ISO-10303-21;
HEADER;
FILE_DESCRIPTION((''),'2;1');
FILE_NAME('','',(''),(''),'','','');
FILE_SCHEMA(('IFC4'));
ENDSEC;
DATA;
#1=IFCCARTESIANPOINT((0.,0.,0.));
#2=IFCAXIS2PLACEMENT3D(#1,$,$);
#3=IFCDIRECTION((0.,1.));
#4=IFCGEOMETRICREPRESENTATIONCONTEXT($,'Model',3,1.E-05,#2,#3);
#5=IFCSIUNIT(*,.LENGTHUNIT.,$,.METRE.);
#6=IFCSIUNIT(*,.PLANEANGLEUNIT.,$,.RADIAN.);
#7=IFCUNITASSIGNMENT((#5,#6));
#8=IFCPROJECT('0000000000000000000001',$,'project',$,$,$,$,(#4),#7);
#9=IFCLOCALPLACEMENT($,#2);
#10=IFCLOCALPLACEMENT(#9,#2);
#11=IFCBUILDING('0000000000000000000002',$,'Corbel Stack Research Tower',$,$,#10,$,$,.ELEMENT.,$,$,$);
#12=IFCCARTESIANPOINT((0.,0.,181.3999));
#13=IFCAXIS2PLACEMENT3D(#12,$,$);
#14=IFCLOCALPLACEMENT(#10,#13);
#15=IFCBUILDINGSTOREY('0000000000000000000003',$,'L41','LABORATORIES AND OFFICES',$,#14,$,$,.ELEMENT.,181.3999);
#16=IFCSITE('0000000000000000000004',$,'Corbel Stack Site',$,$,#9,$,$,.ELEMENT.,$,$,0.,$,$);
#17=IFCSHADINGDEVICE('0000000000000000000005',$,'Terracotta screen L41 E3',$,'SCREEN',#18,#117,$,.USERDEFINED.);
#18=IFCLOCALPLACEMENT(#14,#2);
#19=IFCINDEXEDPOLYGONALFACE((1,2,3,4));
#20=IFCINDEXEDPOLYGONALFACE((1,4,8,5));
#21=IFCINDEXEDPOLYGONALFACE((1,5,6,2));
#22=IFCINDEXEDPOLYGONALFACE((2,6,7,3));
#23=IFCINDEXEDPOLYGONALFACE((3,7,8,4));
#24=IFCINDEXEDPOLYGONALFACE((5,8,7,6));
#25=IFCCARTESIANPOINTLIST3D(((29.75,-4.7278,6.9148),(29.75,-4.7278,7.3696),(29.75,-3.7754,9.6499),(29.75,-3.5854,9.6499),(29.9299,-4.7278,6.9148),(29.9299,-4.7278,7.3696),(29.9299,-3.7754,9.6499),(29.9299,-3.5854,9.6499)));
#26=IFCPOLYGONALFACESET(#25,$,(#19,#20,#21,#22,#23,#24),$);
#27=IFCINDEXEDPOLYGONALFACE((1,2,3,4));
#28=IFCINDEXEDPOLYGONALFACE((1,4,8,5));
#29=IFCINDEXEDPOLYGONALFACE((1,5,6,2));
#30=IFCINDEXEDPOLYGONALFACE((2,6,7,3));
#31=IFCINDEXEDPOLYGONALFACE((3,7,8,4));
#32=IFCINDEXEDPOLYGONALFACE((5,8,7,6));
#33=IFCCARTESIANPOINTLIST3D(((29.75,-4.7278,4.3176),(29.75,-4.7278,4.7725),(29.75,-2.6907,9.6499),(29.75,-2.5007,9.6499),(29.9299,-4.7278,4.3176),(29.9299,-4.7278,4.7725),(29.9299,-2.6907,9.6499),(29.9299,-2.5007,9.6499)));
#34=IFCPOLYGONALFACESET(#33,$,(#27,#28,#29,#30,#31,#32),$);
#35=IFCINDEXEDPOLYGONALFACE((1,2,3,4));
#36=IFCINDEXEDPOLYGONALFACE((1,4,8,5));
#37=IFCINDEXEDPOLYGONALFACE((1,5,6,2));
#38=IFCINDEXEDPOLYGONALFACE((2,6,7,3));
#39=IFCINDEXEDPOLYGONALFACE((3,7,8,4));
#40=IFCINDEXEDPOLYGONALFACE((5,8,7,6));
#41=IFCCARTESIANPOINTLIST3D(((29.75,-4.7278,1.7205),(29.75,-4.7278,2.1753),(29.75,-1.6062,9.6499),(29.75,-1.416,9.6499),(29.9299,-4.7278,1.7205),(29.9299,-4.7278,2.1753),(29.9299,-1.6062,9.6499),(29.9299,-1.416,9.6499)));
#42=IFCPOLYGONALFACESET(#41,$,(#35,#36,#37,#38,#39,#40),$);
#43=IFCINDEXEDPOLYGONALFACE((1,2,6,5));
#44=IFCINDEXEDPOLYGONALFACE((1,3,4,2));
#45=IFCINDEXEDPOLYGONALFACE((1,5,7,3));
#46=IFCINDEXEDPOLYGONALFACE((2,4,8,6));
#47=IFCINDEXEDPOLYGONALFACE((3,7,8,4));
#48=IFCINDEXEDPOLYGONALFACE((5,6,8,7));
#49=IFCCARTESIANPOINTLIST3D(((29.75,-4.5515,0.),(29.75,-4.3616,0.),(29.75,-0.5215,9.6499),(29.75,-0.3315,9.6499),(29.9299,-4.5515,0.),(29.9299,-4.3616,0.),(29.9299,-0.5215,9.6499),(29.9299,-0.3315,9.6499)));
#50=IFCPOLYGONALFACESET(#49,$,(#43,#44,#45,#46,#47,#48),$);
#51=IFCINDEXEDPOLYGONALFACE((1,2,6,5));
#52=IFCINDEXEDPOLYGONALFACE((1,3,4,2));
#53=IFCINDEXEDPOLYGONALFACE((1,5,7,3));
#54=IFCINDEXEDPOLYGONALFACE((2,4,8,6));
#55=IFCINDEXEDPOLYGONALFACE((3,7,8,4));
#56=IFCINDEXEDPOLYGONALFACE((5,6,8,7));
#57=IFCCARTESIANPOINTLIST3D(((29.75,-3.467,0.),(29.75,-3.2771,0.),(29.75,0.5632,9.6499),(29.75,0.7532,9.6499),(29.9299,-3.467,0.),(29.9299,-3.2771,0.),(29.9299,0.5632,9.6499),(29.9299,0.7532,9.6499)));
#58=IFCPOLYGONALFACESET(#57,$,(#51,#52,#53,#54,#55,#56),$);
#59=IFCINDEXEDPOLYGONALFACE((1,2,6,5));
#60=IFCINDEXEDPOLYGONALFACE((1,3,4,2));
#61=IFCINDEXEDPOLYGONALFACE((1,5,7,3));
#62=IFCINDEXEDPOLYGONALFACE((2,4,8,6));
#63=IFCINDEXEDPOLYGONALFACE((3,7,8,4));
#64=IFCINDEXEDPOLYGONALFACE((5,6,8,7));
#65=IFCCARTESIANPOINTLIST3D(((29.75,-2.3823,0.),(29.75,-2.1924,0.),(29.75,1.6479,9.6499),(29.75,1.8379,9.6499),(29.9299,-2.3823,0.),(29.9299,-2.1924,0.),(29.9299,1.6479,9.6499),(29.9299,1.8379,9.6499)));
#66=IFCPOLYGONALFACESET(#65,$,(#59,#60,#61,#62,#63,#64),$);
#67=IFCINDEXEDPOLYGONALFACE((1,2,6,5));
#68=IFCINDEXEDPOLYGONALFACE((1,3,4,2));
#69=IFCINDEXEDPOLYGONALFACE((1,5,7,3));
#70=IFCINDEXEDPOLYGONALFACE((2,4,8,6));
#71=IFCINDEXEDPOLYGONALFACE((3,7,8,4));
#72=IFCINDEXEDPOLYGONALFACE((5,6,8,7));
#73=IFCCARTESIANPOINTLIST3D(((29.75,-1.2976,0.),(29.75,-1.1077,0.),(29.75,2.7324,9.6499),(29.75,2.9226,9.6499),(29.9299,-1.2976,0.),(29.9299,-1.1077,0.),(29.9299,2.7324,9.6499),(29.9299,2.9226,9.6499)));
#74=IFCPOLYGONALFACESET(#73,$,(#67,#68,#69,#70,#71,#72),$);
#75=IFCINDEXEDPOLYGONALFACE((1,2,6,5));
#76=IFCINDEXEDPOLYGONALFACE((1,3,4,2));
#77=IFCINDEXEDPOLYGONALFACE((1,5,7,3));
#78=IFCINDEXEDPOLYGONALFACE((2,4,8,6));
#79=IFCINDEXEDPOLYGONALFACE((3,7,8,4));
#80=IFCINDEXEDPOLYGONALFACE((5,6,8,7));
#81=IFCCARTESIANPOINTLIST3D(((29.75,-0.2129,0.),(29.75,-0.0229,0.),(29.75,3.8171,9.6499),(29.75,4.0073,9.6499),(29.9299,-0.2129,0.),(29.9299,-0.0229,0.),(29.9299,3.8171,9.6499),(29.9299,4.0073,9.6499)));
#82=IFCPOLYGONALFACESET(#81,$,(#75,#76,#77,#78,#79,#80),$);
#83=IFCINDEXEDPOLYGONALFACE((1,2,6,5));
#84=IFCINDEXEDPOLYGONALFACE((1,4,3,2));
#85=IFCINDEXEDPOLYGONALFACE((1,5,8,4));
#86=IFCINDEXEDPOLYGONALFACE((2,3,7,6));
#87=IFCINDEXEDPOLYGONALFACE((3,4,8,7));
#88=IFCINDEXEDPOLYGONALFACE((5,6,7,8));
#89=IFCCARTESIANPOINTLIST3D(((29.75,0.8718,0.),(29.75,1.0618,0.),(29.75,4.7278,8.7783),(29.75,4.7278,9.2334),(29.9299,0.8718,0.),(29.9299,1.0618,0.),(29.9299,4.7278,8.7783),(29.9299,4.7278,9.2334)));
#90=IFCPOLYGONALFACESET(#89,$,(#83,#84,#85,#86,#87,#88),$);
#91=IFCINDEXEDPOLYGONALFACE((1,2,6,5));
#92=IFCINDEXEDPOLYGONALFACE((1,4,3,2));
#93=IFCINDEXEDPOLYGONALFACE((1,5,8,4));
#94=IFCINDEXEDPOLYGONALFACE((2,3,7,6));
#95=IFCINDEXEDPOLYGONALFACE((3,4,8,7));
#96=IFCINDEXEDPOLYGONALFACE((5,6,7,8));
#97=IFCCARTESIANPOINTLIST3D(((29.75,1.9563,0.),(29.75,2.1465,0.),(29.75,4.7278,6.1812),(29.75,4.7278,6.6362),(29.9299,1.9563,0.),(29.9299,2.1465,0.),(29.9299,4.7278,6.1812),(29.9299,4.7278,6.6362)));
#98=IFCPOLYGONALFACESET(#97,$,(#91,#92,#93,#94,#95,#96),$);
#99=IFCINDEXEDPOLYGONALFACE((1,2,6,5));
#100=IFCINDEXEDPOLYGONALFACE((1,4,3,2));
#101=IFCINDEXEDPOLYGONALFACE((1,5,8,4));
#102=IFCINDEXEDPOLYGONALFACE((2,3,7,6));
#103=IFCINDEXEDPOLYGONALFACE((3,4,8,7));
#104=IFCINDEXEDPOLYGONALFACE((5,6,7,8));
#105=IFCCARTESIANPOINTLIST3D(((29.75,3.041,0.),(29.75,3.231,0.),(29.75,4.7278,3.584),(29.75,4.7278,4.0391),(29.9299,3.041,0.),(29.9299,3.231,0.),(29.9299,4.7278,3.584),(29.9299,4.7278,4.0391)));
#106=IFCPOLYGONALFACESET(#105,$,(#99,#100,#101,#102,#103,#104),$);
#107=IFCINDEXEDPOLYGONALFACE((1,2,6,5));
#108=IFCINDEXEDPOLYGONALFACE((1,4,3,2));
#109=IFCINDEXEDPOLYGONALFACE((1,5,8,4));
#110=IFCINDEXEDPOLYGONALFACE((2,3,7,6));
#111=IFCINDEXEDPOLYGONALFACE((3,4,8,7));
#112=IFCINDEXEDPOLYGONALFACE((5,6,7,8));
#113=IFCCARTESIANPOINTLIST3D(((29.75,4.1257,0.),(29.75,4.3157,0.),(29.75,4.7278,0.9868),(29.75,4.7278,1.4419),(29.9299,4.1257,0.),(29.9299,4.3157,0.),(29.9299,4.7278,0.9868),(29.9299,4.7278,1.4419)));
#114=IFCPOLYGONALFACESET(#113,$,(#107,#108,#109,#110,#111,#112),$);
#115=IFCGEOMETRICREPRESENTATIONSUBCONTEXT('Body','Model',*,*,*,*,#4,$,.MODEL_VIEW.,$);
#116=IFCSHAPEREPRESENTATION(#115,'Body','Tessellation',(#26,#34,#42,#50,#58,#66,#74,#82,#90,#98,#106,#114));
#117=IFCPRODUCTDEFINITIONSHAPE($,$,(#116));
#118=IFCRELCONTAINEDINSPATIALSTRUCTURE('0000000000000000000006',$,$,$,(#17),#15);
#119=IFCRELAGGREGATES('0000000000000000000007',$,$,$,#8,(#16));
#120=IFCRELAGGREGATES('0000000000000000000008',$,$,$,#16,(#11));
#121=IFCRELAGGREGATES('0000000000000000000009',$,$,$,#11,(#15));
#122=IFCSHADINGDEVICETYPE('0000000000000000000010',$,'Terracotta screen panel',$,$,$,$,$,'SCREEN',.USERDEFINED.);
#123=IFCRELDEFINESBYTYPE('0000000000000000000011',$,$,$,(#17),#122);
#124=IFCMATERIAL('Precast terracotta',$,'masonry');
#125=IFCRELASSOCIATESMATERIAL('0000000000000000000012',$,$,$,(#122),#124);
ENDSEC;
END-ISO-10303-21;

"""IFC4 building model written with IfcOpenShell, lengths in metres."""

from ifc_helpers import new_model, si_unit, direction, frame, origin, place, context, subcontext, project, spatial, polyline, outline, extrude, source, transform, mapped, material, type_object, element, save


model = new_model("IFC4")

# Units and contexts
model_context = context("Model", 3, precision=1e-05, world=origin(), true_north=direction((0.0, 1.0)))
body_context = subcontext(model_context, "Body", "Model", "MODEL_VIEW")
ifc_project = project(units=[si_unit("LENGTHUNIT", "METRE"), si_unit("PLANEANGLEUNIT", "RADIAN")], contexts=[model_context])

# Site, building, storey
site_placement = place(None, origin())
site = spatial("IfcSite", under=ifc_project, at=site_placement, Name="Corbel Stack Site", CompositionType="ELEMENT", RefElevation=0.0)
building_placement = place(site_placement, origin())
building = spatial("IfcBuilding", under=site, at=building_placement, Name="Corbel Stack Research Tower", CompositionType="ELEMENT")
storey_placement = place(building_placement, frame((0.0, 0.0, 181.3999)))
storey = spatial("IfcBuildingStorey", under=building, at=storey_placement, Name="L41", Description="LABORATORIES AND OFFICES", CompositionType="ELEMENT", Elevation=181.3999)

# Shading device
ifc_material_1 = material(Name="Precast terracotta", Category="masonry")
shading_device_type = type_object("IfcShadingDeviceType", Name="Terracotta screen panel", ElementType="SCREEN", PredefinedType="USERDEFINED", material=ifc_material_1)
shared_shape_1 = source(origin(), body_context, "Body", "SweptSolid", [
    extrude(outline(polyline([(1.1423, 9.6499), (0.9524, 9.6499), (0.0, 7.3696), (0.0, 6.9148), (1.1423, 9.6499)])), frame((0.0, 0.0, 0.0), z_axis=(0.0, -1.0, 0.0), x_axis=(1.0, 0.0, 0.0)), (0.0, 0.0, 1.0), 0.1799),
    extrude(outline(polyline([(2.2271, 9.6499), (2.0371, 9.6499), (0.0, 4.7725), (0.0, 4.3176), (2.2271, 9.6499)])), frame((0.0, 0.0, 0.0), z_axis=(0.0, -1.0, 0.0), x_axis=(1.0, 0.0, 0.0)), (0.0, 0.0, 1.0), 0.1799),
    extrude(outline(polyline([(3.3118, 9.6499), (3.1216, 9.6499), (0.0, 2.1753), (0.0, 1.7205), (3.3118, 9.6499)])), frame((0.0, 0.0, 0.0), z_axis=(0.0, -1.0, 0.0), x_axis=(1.0, 0.0, 0.0)), (0.0, 0.0, 1.0), 0.1799),
    extrude(outline(polyline([(0.3662, 0.0), (4.3962, 9.6499), (4.2063, 9.6499), (0.1763, 0.0), (0.3662, 0.0)])), frame((0.0, 0.0, 0.0), z_axis=(0.0, -1.0, 0.0), x_axis=(1.0, 0.0, 0.0)), (0.0, 0.0, 1.0), 0.1799),
    extrude(outline(polyline([(1.4507, 0.0), (5.481, 9.6499), (5.291, 9.6499), (1.2607, 0.0), (1.4507, 0.0)])), frame((0.0, 0.0, 0.0), z_axis=(0.0, -1.0, 0.0), x_axis=(1.0, 0.0, 0.0)), (0.0, 0.0, 1.0), 0.1799),
    extrude(outline(polyline([(2.5354, 0.0), (6.5657, 9.6499), (6.3757, 9.6499), (2.3455, 0.0), (2.5354, 0.0)])), frame((0.0, 0.0, 0.0), z_axis=(0.0, -1.0, 0.0), x_axis=(1.0, 0.0, 0.0)), (0.0, 0.0, 1.0), 0.1799),
    extrude(outline(polyline([(3.6201, 0.0), (7.6504, 9.6499), (7.4602, 9.6499), (3.4302, 0.0), (3.6201, 0.0)])), frame((0.0, 0.0, 0.0), z_axis=(0.0, -1.0, 0.0), x_axis=(1.0, 0.0, 0.0)), (0.0, 0.0, 1.0), 0.1799),
    extrude(outline(polyline([(4.7048, 0.0), (8.7351, 9.6499), (8.5449, 9.6499), (4.5149, 0.0), (4.7048, 0.0)])), frame((0.0, 0.0, 0.0), z_axis=(0.0, -1.0, 0.0), x_axis=(1.0, 0.0, 0.0)), (0.0, 0.0, 1.0), 0.1799),
    extrude(outline(polyline([(5.7896, 0.0), (9.4556, 8.7783), (9.4556, 9.2334), (5.5996, 0.0), (5.7896, 0.0)])), frame((0.0, 0.0, 0.0), z_axis=(0.0, -1.0, 0.0), x_axis=(1.0, 0.0, 0.0)), (0.0, 0.0, 1.0), 0.1799),
    extrude(outline(polyline([(6.8743, 0.0), (9.4556, 6.1812), (9.4556, 6.6362), (6.6841, 0.0), (6.8743, 0.0)])), frame((0.0, 0.0, 0.0), z_axis=(0.0, -1.0, 0.0), x_axis=(1.0, 0.0, 0.0)), (0.0, 0.0, 1.0), 0.1799),
    extrude(outline(polyline([(7.9587, 0.0), (9.4556, 3.584), (9.4556, 4.0391), (7.7688, 0.0), (7.9587, 0.0)])), frame((0.0, 0.0, 0.0), z_axis=(0.0, -1.0, 0.0), x_axis=(1.0, 0.0, 0.0)), (0.0, 0.0, 1.0), 0.1799),
    extrude(outline(polyline([(9.0435, 0.0), (9.4556, 0.9868), (9.4556, 1.4419), (8.8535, 0.0), (9.0435, 0.0)])), frame((0.0, 0.0, 0.0), z_axis=(0.0, -1.0, 0.0), x_axis=(1.0, 0.0, 0.0)), (0.0, 0.0, 1.0), 0.1799),
])
shading_device_1_placement = place(storey_placement, frame((29.75, -4.7278, 0.0), z_axis=(0.0, 0.0, 1.0), x_axis=(0.0, 1.0, 0.0)))
element("IfcShadingDevice", 1, at=shading_device_1_placement, inside=storey, type_object=shading_device_type, Name="Terracotta screen L41 E3", ObjectType="SCREEN", PredefinedType="USERDEFINED", context=body_context, shape_type="MappedRepresentation", body=[
    mapped(shared_shape_1, transform((0.0, 0.0, 0.0))),
])

save(model, "model.ifc")
